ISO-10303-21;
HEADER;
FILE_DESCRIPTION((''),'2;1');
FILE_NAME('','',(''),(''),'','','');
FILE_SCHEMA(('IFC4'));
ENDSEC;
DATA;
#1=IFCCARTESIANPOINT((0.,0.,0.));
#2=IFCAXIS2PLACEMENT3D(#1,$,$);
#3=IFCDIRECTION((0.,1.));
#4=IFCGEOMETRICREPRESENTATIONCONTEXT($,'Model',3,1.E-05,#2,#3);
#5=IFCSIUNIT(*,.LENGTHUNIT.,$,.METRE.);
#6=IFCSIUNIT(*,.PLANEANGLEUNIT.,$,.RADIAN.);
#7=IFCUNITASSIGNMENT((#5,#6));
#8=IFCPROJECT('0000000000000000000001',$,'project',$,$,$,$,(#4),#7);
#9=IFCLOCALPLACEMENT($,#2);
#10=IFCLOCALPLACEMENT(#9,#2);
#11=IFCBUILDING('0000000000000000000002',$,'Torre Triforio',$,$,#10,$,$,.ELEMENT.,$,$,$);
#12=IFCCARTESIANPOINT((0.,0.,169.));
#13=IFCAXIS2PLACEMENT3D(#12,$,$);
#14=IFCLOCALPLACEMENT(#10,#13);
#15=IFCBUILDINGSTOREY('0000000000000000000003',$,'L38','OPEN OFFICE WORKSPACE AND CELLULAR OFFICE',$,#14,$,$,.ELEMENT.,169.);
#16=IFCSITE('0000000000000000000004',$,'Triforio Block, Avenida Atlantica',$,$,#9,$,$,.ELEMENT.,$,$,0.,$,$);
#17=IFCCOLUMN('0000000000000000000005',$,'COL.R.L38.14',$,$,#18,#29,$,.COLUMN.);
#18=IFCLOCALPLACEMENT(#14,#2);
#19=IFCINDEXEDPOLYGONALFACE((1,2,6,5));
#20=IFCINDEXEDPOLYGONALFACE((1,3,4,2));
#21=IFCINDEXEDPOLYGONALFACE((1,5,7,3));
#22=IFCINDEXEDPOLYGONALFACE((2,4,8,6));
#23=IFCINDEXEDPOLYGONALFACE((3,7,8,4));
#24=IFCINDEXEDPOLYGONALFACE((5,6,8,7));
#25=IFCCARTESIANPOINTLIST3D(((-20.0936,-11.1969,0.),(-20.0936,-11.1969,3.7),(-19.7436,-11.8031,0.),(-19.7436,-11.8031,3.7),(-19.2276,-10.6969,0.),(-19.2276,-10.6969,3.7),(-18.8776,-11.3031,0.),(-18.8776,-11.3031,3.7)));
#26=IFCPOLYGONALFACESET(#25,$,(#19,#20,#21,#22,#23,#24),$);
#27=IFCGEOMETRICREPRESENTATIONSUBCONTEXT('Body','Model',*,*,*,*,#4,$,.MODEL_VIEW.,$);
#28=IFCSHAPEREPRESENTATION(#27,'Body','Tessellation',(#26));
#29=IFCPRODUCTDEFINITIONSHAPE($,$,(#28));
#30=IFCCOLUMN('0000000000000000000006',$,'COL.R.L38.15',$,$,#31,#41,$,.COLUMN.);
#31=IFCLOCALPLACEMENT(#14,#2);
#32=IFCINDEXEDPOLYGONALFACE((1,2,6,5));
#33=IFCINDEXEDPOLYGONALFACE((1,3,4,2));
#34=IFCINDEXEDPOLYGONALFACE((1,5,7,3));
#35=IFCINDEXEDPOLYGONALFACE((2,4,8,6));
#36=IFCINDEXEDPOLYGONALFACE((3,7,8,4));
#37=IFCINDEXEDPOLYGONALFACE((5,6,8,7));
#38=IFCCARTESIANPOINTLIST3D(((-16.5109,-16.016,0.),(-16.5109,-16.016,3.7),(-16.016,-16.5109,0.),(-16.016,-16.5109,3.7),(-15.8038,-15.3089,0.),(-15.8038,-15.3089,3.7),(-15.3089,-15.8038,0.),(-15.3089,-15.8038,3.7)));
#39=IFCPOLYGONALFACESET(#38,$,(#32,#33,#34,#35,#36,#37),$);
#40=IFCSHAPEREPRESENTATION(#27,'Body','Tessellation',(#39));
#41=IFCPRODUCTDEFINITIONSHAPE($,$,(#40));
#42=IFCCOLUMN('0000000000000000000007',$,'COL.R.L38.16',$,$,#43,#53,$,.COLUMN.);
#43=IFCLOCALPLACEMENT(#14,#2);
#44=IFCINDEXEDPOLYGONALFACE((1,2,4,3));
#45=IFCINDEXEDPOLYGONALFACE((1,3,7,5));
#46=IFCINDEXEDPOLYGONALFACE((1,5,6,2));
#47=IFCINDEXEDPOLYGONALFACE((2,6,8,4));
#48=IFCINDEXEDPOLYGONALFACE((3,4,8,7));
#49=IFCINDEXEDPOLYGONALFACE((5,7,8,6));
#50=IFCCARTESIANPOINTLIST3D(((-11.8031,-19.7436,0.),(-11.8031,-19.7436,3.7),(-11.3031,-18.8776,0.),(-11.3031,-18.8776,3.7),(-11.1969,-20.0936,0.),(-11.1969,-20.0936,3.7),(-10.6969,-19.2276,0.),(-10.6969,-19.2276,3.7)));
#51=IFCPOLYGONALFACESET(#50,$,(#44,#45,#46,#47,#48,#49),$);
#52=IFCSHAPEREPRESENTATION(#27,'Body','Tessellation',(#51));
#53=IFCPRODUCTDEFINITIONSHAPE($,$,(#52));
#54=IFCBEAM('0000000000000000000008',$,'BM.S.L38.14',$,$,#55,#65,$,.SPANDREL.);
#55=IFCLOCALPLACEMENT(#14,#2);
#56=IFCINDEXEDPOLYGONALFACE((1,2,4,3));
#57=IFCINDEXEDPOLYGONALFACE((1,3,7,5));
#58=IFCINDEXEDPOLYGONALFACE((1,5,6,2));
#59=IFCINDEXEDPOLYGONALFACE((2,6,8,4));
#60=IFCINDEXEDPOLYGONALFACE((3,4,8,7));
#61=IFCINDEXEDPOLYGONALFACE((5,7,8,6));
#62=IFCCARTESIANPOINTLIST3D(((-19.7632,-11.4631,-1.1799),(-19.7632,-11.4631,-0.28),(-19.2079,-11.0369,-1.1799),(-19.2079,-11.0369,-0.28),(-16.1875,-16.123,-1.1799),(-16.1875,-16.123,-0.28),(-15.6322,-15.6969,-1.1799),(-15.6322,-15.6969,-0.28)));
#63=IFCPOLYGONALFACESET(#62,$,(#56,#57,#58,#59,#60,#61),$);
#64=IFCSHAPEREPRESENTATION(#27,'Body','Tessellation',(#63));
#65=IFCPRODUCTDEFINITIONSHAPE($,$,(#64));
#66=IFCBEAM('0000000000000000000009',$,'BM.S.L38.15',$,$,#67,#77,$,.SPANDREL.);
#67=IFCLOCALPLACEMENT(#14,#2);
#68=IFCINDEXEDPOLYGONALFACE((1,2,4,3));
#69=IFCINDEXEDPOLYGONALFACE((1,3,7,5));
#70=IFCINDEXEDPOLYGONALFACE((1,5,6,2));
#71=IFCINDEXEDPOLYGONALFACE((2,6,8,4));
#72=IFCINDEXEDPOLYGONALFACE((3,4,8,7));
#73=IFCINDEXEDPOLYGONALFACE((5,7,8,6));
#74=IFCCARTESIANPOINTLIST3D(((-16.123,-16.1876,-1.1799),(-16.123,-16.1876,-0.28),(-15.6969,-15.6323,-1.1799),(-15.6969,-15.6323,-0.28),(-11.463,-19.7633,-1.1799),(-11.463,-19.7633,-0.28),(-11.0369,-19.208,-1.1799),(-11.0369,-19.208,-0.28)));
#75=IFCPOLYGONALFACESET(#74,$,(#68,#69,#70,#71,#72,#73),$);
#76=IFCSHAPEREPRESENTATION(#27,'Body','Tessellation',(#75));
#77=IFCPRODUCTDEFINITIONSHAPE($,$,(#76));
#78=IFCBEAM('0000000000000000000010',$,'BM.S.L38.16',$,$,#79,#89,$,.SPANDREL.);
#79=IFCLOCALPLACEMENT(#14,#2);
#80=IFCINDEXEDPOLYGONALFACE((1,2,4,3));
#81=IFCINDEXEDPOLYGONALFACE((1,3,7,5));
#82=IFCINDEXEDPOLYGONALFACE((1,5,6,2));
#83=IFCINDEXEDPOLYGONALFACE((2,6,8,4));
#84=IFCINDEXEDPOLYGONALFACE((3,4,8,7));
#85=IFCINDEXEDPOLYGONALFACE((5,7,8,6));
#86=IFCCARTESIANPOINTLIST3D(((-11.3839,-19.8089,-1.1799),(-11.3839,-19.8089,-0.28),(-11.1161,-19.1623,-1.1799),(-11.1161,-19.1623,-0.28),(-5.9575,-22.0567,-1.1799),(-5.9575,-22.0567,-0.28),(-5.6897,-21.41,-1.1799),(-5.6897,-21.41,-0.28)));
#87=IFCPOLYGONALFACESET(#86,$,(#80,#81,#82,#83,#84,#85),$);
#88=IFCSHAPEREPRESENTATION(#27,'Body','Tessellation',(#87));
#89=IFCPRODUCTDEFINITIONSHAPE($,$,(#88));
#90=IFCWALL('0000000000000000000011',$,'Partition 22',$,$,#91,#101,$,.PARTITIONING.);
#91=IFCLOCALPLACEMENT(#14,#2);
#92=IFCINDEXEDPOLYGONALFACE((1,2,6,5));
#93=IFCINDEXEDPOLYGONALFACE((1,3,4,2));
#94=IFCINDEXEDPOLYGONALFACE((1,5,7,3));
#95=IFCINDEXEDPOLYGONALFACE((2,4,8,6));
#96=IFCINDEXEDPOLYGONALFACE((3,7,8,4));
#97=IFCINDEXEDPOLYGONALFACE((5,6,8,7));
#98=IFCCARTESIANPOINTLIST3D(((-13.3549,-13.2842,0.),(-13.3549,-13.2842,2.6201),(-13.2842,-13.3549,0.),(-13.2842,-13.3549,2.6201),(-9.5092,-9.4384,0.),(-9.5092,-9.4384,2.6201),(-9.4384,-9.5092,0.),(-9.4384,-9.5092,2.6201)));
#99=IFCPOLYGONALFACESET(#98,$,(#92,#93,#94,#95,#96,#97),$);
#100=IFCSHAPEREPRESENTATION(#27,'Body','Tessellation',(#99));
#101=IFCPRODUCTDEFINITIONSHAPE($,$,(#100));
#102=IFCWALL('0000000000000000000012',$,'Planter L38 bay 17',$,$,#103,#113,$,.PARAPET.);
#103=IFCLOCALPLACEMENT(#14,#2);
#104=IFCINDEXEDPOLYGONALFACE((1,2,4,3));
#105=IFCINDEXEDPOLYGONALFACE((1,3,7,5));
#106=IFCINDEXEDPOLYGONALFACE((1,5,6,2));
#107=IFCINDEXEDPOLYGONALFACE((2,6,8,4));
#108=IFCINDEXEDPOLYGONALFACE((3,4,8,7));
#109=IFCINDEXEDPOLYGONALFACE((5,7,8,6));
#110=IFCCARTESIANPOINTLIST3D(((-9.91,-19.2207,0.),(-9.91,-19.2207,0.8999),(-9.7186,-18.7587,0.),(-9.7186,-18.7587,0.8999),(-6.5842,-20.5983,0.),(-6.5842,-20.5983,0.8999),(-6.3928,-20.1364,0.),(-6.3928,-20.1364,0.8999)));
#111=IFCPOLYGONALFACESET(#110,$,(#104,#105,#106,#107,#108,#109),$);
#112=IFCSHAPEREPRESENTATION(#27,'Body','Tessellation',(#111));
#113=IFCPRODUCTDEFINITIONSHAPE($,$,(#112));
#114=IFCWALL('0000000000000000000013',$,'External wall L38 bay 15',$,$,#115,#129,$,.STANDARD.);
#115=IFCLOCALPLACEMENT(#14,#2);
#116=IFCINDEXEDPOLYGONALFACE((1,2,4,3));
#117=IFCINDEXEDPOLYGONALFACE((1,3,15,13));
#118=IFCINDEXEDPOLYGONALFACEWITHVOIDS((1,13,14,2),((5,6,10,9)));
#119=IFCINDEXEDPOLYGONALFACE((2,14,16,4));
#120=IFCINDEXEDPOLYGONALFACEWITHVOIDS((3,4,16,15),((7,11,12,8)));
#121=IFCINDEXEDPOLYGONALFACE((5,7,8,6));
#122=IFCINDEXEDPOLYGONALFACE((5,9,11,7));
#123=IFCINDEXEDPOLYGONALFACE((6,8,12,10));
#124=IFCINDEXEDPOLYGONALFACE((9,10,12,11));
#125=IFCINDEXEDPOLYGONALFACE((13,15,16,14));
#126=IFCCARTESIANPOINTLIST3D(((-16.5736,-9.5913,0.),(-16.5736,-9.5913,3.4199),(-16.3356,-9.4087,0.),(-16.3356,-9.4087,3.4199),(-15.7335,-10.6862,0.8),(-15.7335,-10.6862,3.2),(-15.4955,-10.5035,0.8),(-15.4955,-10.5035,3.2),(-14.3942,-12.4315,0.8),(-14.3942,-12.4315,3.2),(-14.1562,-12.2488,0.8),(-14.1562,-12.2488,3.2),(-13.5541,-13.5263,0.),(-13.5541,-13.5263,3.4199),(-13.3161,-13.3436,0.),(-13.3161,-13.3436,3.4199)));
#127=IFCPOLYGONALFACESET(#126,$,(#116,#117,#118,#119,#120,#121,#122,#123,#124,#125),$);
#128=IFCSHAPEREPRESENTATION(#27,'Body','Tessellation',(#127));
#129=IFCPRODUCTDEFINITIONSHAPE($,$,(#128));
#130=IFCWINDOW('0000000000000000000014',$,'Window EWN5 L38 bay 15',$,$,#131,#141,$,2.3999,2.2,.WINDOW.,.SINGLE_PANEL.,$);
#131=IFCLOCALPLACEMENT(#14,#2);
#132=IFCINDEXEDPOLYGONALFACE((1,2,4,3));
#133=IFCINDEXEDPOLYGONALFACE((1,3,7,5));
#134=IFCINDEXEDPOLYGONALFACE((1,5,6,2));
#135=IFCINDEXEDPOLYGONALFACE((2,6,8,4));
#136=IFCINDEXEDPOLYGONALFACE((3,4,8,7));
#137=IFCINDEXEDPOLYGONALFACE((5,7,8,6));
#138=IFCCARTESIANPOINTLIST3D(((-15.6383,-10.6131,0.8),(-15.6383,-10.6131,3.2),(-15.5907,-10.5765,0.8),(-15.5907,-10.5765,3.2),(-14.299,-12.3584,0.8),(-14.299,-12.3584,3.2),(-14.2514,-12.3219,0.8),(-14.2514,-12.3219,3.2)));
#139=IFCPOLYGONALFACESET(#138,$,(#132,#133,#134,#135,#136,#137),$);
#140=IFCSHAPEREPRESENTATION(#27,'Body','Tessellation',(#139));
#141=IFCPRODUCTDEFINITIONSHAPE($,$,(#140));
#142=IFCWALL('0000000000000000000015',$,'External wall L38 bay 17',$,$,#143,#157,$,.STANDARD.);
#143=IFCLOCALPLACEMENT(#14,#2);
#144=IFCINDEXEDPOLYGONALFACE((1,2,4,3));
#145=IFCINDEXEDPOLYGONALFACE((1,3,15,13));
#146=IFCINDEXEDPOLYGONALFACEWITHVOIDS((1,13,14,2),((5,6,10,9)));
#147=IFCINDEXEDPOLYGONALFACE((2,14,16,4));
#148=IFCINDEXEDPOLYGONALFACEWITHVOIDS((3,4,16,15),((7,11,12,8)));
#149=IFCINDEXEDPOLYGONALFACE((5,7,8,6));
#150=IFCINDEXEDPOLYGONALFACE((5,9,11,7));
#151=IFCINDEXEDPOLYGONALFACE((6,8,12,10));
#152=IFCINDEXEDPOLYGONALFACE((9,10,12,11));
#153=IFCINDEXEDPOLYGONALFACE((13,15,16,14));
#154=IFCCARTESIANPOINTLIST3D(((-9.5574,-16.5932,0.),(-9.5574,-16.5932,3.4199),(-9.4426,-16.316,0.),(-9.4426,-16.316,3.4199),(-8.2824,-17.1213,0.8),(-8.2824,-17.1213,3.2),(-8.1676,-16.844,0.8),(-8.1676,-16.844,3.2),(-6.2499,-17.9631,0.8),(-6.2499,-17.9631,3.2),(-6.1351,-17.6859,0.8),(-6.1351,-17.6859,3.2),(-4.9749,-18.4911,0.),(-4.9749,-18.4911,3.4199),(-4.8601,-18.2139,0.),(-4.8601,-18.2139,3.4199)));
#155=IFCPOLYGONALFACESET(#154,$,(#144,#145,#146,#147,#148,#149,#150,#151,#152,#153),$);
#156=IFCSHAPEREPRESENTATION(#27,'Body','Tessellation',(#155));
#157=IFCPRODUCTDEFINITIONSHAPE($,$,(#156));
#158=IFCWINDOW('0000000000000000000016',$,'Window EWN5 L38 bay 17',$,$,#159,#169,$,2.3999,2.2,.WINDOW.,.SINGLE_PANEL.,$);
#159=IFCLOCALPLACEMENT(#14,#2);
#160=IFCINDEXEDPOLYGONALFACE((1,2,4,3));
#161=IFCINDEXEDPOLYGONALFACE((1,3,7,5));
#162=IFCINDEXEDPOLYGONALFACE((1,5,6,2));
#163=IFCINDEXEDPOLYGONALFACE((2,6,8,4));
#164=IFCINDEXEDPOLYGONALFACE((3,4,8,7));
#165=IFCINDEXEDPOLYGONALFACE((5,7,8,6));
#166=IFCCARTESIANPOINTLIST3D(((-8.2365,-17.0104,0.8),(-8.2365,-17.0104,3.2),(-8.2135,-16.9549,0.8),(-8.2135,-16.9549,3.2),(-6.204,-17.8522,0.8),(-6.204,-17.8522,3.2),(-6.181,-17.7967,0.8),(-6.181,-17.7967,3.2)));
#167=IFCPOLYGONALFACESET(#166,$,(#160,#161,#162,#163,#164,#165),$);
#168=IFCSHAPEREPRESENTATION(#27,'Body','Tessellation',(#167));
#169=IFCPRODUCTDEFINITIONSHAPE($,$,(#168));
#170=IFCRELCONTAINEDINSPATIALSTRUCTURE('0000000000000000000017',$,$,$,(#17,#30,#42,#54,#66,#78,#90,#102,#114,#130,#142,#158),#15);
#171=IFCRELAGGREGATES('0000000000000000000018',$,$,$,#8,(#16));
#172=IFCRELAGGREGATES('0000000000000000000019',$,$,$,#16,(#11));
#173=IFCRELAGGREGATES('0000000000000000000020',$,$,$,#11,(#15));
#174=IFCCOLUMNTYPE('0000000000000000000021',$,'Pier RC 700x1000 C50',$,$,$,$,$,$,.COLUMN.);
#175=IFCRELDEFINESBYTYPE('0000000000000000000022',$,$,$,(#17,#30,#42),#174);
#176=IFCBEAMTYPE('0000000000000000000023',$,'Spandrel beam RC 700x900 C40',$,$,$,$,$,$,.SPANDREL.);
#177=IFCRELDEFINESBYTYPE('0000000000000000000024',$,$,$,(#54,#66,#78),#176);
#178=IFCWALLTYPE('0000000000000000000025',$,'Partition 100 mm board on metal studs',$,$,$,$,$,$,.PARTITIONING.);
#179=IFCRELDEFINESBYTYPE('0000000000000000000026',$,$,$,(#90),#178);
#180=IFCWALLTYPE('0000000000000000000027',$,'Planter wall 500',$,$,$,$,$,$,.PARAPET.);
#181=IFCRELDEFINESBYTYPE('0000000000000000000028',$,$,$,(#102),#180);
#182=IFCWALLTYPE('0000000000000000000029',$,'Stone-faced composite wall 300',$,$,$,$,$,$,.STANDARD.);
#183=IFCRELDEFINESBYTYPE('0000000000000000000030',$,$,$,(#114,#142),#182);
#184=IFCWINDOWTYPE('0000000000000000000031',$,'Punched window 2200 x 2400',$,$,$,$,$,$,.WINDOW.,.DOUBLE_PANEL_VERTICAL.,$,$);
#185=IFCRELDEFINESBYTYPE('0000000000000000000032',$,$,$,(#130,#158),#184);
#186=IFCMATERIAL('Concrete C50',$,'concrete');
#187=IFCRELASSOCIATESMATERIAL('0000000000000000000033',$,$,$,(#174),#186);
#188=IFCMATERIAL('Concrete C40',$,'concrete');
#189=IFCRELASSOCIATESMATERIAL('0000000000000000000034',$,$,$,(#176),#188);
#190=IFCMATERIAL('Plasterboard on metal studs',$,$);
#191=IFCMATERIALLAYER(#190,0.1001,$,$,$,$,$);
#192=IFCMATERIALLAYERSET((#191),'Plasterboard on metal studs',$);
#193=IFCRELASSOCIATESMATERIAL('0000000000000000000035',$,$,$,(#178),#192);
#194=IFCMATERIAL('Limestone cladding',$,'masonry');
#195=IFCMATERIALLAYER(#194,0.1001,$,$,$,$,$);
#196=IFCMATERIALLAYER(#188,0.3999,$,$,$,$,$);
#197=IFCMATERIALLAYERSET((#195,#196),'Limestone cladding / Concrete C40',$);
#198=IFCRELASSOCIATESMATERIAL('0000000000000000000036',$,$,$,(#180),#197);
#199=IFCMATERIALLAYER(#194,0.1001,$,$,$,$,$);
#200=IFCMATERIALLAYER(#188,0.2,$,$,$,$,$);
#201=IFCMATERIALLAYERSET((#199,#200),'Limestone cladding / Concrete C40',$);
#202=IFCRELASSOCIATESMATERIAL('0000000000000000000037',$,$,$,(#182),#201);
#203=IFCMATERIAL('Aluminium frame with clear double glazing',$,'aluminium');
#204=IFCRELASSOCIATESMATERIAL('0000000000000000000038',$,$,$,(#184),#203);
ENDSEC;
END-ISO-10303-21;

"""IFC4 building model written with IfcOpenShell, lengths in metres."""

from ifc_helpers import new_model, si_unit, direction, frame, frame_2d, origin, origin_2d, place, context, subcontext, project, spatial, rectangle, extrude, material, layer, layer_set, material_profile, profile_set, type_object, element, fill, save


model = new_model("IFC4")

# Units and contexts
model_context = context("Model", 3, precision=1e-05, world=origin(), true_north=direction((0.0, 1.0)))
body_context = subcontext(model_context, "Body", "Model", "MODEL_VIEW")
ifc_project = project(units=[si_unit("LENGTHUNIT", "METRE"), si_unit("PLANEANGLEUNIT", "RADIAN")], contexts=[model_context])

# Site, building, storey
site_placement = place(None, origin())
site = spatial("IfcSite", under=ifc_project, at=site_placement, Name="Triforio Block, Avenida Atlantica", CompositionType="ELEMENT", RefElevation=0.0)
building_placement = place(site_placement, origin())
building = spatial("IfcBuilding", under=site, at=building_placement, Name="Torre Triforio", CompositionType="ELEMENT")
storey_placement = place(building_placement, frame((0.0, 0.0, 169.0)))
storey = spatial("IfcBuildingStorey", under=building, at=storey_placement, Name="L38", Description="OPEN OFFICE WORKSPACE AND CELLULAR OFFICE", CompositionType="ELEMENT", Elevation=169.0)

# Columns
ifc_material_1 = material(Name="Concrete C50", Category="concrete")
ifc_material_profile_1 = material_profile(ifc_material_1, rectangle(XDim=0.7, YDim=1.0, at=origin_2d()), Name="RC 700x1000")
ifc_profile_set_1 = profile_set([ifc_material_profile_1], Name="Concrete C50")
column_type = type_object("IfcColumnType", Name="Pier RC 700x1000 C50", PredefinedType="COLUMN", material=ifc_profile_set_1)
for number, where, z_axis, x_axis, name in (
    (1, (-19.4856, -11.25, 0.0), (0.0, 0.0, 1.0), (0.5, -0.866025, 0.0), "COL.R.L38.14"),
    (2, (-15.9099, -15.9099, 0.0), (0.0, 0.0, 1.0), (0.707107, -0.707107, 0.0), "COL.R.L38.15"),
    (3, (-11.25, -19.4856, 0.0), (0.0, 0.0, 1.0), (0.866025, -0.5, 0.0), "COL.R.L38.16"),
):
    element("IfcColumn", number, at=place(storey_placement, frame(where, z_axis=z_axis, x_axis=x_axis)), inside=storey, type_object=column_type, Name=name, PredefinedType="COLUMN", context=body_context, shape_type="SweptSolid", body=[
        extrude(rectangle(XDim=0.7, YDim=1.0, at=origin_2d()), origin(), (0.0, 0.0, 1.0), 3.7),
    ])

# Beams
ifc_material_2 = material(Name="Concrete C40", Category="concrete")
ifc_material_profile_2 = material_profile(ifc_material_2, rectangle(XDim=0.7, YDim=0.8999, at=origin_2d()), Name="RC 700x900")
ifc_profile_set_2 = profile_set([ifc_material_profile_2], Name="Concrete C40")
beam_type = type_object("IfcBeamType", Name="Spandrel beam RC 700x900 C40", PredefinedType="SPANDREL", material=ifc_profile_set_2)
for number, where, z_axis, x_axis, name in (
    (4, (-19.4856, -11.25, -0.73), (0.608762, -0.793353, 0.0), (0.793353, 0.608762, 0.0), "BM.S.L38.14"),
    (5, (-15.9099, -15.9099, -0.73), (0.793353, -0.608762, 0.0), (0.608762, 0.793353, 0.0), "BM.S.L38.15"),
):
    element("IfcBeam", number, at=place(storey_placement, frame(where, z_axis=z_axis, x_axis=x_axis)), inside=storey, type_object=beam_type, Name=name, PredefinedType="SPANDREL", context=body_context, shape_type="SweptSolid", body=[
        extrude(rectangle(XDim=0.7, YDim=0.8999, at=origin_2d()), origin(), (0.0, 0.0, 1.0), 5.8738),
    ])
beam_placement = place(storey_placement, frame((-11.25, -19.4856, -0.73), z_axis=(0.923875, -0.382693, 0.0), x_axis=(0.382693, 0.923875, 0.0)))
element("IfcBeam", 6, at=beam_placement, inside=storey, type_object=beam_type, Name="BM.S.L38.16", PredefinedType="SPANDREL", context=body_context, shape_type="SweptSolid", body=[
    extrude(rectangle(XDim=0.7, YDim=0.8999, at=origin_2d()), origin(), (0.0, 0.0, 1.0), 5.8735),
])

# Walls
ifc_material_3 = material(Name="Plasterboard on metal studs")
ifc_layer_1 = layer(ifc_material_3, 0.1001)
ifc_layer_set_1 = layer_set([ifc_layer_1], Name="Plasterboard on metal studs")
wall_type_1 = type_object("IfcWallType", Name="Partition 100 mm board on metal studs", PredefinedType="PARTITIONING", material=ifc_layer_set_1)
wall_1_placement = place(storey_placement, frame((-9.4739, -9.4739, 0.0), z_axis=(0.0, 0.0, 1.0), x_axis=(-0.707107, -0.707107, 0.0)))
element("IfcWall", 7, at=wall_1_placement, inside=storey, type_object=wall_type_1, Name="Partition 22", PredefinedType="PARTITIONING", context=body_context, shape_type="SweptSolid", body=[
    extrude(rectangle(XDim=5.4387, YDim=0.1001, at=frame_2d((2.7192, 0.0))), origin(), (0.0, 0.0, 1.0), 2.6201),
])
ifc_material_4 = material(Name="Limestone cladding", Category="masonry")
ifc_layer_2 = layer(ifc_material_4, 0.1001)
ifc_layer_3 = layer(ifc_material_2, 0.3999)
ifc_layer_set_2 = layer_set([ifc_layer_2, ifc_layer_3], Name="Limestone cladding / Concrete C40")
wall_type_2 = type_object("IfcWallType", Name="Planter wall 500", PredefinedType="PARAPET", material=ifc_layer_set_2)
wall_2_placement = place(storey_placement, frame((-9.8142, -18.9897, 0.0), z_axis=(0.0, 0.0, 1.0), x_axis=(0.923875, -0.382693, 0.0)))
element("IfcWall", 8, at=wall_2_placement, inside=storey, type_object=wall_type_2, Name="Planter L38 bay 17", PredefinedType="PARAPET", context=body_context, shape_type="SweptSolid", body=[
    extrude(rectangle(XDim=3.5999, YDim=0.5, at=frame_2d((1.7998, 0.0))), origin(), (0.0, 0.0, 1.0), 0.8999),
])

# Wall, opening, window
ifc_layer_4 = layer(ifc_material_4, 0.1001)
ifc_layer_5 = layer(ifc_material_2, 0.2)
ifc_layer_set_3 = layer_set([ifc_layer_4, ifc_layer_5], Name="Limestone cladding / Concrete C40")
wall_type_3 = type_object("IfcWallType", Name="Stone-faced composite wall 300", PredefinedType="STANDARD", material=ifc_layer_set_3)
wall_3_placement = place(storey_placement, frame((-16.4546, -9.5, 0.0), z_axis=(0.0, 0.0, 1.0), x_axis=(0.608768, -0.793348, 0.0)))
wall_3 = element("IfcWall", 9, at=wall_3_placement, inside=storey, type_object=wall_type_3, Name="External wall L38 bay 15", PredefinedType="STANDARD", context=body_context, shape_type="SweptSolid", body=[
    extrude(rectangle(XDim=4.96, YDim=0.3, at=frame_2d((2.48, 0.0))), origin(), (0.0, 0.0, 1.0), 3.4199),
])
opening_1_placement = place(wall_3_placement, frame((1.3799, 0.0, 0.8)))
opening_1 = element("IfcOpeningElement", 10, at=opening_1_placement, cuts=wall_3, PredefinedType="OPENING", context=body_context, shape_type="SweptSolid", body=[
    extrude(rectangle(XDim=2.2, YDim=2.3999, at=frame_2d((1.1001, 1.2))), frame((0.0, 0.1599, 0.0), z_axis=(0.0, -1.0, 0.0), x_axis=(1.0, 0.0, 0.0)), (0.0, 0.0, 1.0), 0.3201),
])
ifc_material_5 = material(Name="Aluminium frame with clear double glazing", Category="aluminium")
window_type_1 = type_object("IfcWindowType", Name="Punched window 2200 x 2400", PartitioningType="DOUBLE_PANEL_VERTICAL", PredefinedType="WINDOW", material=ifc_material_5)
window_1_placement = place(opening_1_placement, origin())
window_1 = element("IfcWindow", 11, at=window_1_placement, inside=storey, type_object=window_type_1, Name="Window EWN5 L38 bay 15", OverallHeight=2.3999, OverallWidth=2.2, PartitioningType="SINGLE_PANEL", PredefinedType="WINDOW", context=body_context, shape_type="SweptSolid", body=[
    extrude(rectangle(XDim=2.2, YDim=2.3999, at=frame_2d((1.1001, 1.2))), frame((0.0, 0.03, 0.0), z_axis=(0.0, -1.0, 0.0), x_axis=(1.0, 0.0, 0.0)), (0.0, 0.0, 1.0), 0.0601),
])
fill(opening_1, window_1)

# Wall, opening, window
wall_4_placement = place(storey_placement, frame((-9.5, -16.4546, 0.0), z_axis=(0.0, 0.0, 1.0), x_axis=(0.923893, -0.38265, 0.0)))
wall_4 = element("IfcWall", 12, at=wall_4_placement, inside=storey, type_object=wall_type_3, Name="External wall L38 bay 17", PredefinedType="STANDARD", context=body_context, shape_type="SweptSolid", body=[
    extrude(rectangle(XDim=4.96, YDim=0.3, at=frame_2d((2.48, 0.0))), origin(), (0.0, 0.0, 1.0), 3.4199),
])
opening_2_placement = place(wall_4_placement, frame((1.3799, 0.0, 0.8)))
opening_2 = element("IfcOpeningElement", 13, at=opening_2_placement, cuts=wall_4, PredefinedType="OPENING", context=body_context, shape_type="SweptSolid", body=[
    extrude(rectangle(XDim=2.2, YDim=2.3999, at=frame_2d((1.1001, 1.2))), frame((0.0, 0.1599, 0.0), z_axis=(0.0, -1.0, 0.0), x_axis=(1.0, 0.0, 0.0)), (0.0, 0.0, 1.0), 0.3201),
])
window_2_placement = place(opening_2_placement, origin())
window_2 = element("IfcWindow", 14, at=window_2_placement, inside=storey, type_object=window_type_1, Name="Window EWN5 L38 bay 17", OverallHeight=2.3999, OverallWidth=2.2, PartitioningType="SINGLE_PANEL", PredefinedType="WINDOW", context=body_context, shape_type="SweptSolid", body=[
    extrude(rectangle(XDim=2.2, YDim=2.3999, at=frame_2d((1.1001, 1.2))), frame((0.0, 0.03, 0.0), z_axis=(0.0, -1.0, 0.0), x_axis=(1.0, 0.0, 0.0)), (0.0, 0.0, 1.0), 0.0601),
])
fill(opening_2, window_2)

save(model, "model.ifc")
